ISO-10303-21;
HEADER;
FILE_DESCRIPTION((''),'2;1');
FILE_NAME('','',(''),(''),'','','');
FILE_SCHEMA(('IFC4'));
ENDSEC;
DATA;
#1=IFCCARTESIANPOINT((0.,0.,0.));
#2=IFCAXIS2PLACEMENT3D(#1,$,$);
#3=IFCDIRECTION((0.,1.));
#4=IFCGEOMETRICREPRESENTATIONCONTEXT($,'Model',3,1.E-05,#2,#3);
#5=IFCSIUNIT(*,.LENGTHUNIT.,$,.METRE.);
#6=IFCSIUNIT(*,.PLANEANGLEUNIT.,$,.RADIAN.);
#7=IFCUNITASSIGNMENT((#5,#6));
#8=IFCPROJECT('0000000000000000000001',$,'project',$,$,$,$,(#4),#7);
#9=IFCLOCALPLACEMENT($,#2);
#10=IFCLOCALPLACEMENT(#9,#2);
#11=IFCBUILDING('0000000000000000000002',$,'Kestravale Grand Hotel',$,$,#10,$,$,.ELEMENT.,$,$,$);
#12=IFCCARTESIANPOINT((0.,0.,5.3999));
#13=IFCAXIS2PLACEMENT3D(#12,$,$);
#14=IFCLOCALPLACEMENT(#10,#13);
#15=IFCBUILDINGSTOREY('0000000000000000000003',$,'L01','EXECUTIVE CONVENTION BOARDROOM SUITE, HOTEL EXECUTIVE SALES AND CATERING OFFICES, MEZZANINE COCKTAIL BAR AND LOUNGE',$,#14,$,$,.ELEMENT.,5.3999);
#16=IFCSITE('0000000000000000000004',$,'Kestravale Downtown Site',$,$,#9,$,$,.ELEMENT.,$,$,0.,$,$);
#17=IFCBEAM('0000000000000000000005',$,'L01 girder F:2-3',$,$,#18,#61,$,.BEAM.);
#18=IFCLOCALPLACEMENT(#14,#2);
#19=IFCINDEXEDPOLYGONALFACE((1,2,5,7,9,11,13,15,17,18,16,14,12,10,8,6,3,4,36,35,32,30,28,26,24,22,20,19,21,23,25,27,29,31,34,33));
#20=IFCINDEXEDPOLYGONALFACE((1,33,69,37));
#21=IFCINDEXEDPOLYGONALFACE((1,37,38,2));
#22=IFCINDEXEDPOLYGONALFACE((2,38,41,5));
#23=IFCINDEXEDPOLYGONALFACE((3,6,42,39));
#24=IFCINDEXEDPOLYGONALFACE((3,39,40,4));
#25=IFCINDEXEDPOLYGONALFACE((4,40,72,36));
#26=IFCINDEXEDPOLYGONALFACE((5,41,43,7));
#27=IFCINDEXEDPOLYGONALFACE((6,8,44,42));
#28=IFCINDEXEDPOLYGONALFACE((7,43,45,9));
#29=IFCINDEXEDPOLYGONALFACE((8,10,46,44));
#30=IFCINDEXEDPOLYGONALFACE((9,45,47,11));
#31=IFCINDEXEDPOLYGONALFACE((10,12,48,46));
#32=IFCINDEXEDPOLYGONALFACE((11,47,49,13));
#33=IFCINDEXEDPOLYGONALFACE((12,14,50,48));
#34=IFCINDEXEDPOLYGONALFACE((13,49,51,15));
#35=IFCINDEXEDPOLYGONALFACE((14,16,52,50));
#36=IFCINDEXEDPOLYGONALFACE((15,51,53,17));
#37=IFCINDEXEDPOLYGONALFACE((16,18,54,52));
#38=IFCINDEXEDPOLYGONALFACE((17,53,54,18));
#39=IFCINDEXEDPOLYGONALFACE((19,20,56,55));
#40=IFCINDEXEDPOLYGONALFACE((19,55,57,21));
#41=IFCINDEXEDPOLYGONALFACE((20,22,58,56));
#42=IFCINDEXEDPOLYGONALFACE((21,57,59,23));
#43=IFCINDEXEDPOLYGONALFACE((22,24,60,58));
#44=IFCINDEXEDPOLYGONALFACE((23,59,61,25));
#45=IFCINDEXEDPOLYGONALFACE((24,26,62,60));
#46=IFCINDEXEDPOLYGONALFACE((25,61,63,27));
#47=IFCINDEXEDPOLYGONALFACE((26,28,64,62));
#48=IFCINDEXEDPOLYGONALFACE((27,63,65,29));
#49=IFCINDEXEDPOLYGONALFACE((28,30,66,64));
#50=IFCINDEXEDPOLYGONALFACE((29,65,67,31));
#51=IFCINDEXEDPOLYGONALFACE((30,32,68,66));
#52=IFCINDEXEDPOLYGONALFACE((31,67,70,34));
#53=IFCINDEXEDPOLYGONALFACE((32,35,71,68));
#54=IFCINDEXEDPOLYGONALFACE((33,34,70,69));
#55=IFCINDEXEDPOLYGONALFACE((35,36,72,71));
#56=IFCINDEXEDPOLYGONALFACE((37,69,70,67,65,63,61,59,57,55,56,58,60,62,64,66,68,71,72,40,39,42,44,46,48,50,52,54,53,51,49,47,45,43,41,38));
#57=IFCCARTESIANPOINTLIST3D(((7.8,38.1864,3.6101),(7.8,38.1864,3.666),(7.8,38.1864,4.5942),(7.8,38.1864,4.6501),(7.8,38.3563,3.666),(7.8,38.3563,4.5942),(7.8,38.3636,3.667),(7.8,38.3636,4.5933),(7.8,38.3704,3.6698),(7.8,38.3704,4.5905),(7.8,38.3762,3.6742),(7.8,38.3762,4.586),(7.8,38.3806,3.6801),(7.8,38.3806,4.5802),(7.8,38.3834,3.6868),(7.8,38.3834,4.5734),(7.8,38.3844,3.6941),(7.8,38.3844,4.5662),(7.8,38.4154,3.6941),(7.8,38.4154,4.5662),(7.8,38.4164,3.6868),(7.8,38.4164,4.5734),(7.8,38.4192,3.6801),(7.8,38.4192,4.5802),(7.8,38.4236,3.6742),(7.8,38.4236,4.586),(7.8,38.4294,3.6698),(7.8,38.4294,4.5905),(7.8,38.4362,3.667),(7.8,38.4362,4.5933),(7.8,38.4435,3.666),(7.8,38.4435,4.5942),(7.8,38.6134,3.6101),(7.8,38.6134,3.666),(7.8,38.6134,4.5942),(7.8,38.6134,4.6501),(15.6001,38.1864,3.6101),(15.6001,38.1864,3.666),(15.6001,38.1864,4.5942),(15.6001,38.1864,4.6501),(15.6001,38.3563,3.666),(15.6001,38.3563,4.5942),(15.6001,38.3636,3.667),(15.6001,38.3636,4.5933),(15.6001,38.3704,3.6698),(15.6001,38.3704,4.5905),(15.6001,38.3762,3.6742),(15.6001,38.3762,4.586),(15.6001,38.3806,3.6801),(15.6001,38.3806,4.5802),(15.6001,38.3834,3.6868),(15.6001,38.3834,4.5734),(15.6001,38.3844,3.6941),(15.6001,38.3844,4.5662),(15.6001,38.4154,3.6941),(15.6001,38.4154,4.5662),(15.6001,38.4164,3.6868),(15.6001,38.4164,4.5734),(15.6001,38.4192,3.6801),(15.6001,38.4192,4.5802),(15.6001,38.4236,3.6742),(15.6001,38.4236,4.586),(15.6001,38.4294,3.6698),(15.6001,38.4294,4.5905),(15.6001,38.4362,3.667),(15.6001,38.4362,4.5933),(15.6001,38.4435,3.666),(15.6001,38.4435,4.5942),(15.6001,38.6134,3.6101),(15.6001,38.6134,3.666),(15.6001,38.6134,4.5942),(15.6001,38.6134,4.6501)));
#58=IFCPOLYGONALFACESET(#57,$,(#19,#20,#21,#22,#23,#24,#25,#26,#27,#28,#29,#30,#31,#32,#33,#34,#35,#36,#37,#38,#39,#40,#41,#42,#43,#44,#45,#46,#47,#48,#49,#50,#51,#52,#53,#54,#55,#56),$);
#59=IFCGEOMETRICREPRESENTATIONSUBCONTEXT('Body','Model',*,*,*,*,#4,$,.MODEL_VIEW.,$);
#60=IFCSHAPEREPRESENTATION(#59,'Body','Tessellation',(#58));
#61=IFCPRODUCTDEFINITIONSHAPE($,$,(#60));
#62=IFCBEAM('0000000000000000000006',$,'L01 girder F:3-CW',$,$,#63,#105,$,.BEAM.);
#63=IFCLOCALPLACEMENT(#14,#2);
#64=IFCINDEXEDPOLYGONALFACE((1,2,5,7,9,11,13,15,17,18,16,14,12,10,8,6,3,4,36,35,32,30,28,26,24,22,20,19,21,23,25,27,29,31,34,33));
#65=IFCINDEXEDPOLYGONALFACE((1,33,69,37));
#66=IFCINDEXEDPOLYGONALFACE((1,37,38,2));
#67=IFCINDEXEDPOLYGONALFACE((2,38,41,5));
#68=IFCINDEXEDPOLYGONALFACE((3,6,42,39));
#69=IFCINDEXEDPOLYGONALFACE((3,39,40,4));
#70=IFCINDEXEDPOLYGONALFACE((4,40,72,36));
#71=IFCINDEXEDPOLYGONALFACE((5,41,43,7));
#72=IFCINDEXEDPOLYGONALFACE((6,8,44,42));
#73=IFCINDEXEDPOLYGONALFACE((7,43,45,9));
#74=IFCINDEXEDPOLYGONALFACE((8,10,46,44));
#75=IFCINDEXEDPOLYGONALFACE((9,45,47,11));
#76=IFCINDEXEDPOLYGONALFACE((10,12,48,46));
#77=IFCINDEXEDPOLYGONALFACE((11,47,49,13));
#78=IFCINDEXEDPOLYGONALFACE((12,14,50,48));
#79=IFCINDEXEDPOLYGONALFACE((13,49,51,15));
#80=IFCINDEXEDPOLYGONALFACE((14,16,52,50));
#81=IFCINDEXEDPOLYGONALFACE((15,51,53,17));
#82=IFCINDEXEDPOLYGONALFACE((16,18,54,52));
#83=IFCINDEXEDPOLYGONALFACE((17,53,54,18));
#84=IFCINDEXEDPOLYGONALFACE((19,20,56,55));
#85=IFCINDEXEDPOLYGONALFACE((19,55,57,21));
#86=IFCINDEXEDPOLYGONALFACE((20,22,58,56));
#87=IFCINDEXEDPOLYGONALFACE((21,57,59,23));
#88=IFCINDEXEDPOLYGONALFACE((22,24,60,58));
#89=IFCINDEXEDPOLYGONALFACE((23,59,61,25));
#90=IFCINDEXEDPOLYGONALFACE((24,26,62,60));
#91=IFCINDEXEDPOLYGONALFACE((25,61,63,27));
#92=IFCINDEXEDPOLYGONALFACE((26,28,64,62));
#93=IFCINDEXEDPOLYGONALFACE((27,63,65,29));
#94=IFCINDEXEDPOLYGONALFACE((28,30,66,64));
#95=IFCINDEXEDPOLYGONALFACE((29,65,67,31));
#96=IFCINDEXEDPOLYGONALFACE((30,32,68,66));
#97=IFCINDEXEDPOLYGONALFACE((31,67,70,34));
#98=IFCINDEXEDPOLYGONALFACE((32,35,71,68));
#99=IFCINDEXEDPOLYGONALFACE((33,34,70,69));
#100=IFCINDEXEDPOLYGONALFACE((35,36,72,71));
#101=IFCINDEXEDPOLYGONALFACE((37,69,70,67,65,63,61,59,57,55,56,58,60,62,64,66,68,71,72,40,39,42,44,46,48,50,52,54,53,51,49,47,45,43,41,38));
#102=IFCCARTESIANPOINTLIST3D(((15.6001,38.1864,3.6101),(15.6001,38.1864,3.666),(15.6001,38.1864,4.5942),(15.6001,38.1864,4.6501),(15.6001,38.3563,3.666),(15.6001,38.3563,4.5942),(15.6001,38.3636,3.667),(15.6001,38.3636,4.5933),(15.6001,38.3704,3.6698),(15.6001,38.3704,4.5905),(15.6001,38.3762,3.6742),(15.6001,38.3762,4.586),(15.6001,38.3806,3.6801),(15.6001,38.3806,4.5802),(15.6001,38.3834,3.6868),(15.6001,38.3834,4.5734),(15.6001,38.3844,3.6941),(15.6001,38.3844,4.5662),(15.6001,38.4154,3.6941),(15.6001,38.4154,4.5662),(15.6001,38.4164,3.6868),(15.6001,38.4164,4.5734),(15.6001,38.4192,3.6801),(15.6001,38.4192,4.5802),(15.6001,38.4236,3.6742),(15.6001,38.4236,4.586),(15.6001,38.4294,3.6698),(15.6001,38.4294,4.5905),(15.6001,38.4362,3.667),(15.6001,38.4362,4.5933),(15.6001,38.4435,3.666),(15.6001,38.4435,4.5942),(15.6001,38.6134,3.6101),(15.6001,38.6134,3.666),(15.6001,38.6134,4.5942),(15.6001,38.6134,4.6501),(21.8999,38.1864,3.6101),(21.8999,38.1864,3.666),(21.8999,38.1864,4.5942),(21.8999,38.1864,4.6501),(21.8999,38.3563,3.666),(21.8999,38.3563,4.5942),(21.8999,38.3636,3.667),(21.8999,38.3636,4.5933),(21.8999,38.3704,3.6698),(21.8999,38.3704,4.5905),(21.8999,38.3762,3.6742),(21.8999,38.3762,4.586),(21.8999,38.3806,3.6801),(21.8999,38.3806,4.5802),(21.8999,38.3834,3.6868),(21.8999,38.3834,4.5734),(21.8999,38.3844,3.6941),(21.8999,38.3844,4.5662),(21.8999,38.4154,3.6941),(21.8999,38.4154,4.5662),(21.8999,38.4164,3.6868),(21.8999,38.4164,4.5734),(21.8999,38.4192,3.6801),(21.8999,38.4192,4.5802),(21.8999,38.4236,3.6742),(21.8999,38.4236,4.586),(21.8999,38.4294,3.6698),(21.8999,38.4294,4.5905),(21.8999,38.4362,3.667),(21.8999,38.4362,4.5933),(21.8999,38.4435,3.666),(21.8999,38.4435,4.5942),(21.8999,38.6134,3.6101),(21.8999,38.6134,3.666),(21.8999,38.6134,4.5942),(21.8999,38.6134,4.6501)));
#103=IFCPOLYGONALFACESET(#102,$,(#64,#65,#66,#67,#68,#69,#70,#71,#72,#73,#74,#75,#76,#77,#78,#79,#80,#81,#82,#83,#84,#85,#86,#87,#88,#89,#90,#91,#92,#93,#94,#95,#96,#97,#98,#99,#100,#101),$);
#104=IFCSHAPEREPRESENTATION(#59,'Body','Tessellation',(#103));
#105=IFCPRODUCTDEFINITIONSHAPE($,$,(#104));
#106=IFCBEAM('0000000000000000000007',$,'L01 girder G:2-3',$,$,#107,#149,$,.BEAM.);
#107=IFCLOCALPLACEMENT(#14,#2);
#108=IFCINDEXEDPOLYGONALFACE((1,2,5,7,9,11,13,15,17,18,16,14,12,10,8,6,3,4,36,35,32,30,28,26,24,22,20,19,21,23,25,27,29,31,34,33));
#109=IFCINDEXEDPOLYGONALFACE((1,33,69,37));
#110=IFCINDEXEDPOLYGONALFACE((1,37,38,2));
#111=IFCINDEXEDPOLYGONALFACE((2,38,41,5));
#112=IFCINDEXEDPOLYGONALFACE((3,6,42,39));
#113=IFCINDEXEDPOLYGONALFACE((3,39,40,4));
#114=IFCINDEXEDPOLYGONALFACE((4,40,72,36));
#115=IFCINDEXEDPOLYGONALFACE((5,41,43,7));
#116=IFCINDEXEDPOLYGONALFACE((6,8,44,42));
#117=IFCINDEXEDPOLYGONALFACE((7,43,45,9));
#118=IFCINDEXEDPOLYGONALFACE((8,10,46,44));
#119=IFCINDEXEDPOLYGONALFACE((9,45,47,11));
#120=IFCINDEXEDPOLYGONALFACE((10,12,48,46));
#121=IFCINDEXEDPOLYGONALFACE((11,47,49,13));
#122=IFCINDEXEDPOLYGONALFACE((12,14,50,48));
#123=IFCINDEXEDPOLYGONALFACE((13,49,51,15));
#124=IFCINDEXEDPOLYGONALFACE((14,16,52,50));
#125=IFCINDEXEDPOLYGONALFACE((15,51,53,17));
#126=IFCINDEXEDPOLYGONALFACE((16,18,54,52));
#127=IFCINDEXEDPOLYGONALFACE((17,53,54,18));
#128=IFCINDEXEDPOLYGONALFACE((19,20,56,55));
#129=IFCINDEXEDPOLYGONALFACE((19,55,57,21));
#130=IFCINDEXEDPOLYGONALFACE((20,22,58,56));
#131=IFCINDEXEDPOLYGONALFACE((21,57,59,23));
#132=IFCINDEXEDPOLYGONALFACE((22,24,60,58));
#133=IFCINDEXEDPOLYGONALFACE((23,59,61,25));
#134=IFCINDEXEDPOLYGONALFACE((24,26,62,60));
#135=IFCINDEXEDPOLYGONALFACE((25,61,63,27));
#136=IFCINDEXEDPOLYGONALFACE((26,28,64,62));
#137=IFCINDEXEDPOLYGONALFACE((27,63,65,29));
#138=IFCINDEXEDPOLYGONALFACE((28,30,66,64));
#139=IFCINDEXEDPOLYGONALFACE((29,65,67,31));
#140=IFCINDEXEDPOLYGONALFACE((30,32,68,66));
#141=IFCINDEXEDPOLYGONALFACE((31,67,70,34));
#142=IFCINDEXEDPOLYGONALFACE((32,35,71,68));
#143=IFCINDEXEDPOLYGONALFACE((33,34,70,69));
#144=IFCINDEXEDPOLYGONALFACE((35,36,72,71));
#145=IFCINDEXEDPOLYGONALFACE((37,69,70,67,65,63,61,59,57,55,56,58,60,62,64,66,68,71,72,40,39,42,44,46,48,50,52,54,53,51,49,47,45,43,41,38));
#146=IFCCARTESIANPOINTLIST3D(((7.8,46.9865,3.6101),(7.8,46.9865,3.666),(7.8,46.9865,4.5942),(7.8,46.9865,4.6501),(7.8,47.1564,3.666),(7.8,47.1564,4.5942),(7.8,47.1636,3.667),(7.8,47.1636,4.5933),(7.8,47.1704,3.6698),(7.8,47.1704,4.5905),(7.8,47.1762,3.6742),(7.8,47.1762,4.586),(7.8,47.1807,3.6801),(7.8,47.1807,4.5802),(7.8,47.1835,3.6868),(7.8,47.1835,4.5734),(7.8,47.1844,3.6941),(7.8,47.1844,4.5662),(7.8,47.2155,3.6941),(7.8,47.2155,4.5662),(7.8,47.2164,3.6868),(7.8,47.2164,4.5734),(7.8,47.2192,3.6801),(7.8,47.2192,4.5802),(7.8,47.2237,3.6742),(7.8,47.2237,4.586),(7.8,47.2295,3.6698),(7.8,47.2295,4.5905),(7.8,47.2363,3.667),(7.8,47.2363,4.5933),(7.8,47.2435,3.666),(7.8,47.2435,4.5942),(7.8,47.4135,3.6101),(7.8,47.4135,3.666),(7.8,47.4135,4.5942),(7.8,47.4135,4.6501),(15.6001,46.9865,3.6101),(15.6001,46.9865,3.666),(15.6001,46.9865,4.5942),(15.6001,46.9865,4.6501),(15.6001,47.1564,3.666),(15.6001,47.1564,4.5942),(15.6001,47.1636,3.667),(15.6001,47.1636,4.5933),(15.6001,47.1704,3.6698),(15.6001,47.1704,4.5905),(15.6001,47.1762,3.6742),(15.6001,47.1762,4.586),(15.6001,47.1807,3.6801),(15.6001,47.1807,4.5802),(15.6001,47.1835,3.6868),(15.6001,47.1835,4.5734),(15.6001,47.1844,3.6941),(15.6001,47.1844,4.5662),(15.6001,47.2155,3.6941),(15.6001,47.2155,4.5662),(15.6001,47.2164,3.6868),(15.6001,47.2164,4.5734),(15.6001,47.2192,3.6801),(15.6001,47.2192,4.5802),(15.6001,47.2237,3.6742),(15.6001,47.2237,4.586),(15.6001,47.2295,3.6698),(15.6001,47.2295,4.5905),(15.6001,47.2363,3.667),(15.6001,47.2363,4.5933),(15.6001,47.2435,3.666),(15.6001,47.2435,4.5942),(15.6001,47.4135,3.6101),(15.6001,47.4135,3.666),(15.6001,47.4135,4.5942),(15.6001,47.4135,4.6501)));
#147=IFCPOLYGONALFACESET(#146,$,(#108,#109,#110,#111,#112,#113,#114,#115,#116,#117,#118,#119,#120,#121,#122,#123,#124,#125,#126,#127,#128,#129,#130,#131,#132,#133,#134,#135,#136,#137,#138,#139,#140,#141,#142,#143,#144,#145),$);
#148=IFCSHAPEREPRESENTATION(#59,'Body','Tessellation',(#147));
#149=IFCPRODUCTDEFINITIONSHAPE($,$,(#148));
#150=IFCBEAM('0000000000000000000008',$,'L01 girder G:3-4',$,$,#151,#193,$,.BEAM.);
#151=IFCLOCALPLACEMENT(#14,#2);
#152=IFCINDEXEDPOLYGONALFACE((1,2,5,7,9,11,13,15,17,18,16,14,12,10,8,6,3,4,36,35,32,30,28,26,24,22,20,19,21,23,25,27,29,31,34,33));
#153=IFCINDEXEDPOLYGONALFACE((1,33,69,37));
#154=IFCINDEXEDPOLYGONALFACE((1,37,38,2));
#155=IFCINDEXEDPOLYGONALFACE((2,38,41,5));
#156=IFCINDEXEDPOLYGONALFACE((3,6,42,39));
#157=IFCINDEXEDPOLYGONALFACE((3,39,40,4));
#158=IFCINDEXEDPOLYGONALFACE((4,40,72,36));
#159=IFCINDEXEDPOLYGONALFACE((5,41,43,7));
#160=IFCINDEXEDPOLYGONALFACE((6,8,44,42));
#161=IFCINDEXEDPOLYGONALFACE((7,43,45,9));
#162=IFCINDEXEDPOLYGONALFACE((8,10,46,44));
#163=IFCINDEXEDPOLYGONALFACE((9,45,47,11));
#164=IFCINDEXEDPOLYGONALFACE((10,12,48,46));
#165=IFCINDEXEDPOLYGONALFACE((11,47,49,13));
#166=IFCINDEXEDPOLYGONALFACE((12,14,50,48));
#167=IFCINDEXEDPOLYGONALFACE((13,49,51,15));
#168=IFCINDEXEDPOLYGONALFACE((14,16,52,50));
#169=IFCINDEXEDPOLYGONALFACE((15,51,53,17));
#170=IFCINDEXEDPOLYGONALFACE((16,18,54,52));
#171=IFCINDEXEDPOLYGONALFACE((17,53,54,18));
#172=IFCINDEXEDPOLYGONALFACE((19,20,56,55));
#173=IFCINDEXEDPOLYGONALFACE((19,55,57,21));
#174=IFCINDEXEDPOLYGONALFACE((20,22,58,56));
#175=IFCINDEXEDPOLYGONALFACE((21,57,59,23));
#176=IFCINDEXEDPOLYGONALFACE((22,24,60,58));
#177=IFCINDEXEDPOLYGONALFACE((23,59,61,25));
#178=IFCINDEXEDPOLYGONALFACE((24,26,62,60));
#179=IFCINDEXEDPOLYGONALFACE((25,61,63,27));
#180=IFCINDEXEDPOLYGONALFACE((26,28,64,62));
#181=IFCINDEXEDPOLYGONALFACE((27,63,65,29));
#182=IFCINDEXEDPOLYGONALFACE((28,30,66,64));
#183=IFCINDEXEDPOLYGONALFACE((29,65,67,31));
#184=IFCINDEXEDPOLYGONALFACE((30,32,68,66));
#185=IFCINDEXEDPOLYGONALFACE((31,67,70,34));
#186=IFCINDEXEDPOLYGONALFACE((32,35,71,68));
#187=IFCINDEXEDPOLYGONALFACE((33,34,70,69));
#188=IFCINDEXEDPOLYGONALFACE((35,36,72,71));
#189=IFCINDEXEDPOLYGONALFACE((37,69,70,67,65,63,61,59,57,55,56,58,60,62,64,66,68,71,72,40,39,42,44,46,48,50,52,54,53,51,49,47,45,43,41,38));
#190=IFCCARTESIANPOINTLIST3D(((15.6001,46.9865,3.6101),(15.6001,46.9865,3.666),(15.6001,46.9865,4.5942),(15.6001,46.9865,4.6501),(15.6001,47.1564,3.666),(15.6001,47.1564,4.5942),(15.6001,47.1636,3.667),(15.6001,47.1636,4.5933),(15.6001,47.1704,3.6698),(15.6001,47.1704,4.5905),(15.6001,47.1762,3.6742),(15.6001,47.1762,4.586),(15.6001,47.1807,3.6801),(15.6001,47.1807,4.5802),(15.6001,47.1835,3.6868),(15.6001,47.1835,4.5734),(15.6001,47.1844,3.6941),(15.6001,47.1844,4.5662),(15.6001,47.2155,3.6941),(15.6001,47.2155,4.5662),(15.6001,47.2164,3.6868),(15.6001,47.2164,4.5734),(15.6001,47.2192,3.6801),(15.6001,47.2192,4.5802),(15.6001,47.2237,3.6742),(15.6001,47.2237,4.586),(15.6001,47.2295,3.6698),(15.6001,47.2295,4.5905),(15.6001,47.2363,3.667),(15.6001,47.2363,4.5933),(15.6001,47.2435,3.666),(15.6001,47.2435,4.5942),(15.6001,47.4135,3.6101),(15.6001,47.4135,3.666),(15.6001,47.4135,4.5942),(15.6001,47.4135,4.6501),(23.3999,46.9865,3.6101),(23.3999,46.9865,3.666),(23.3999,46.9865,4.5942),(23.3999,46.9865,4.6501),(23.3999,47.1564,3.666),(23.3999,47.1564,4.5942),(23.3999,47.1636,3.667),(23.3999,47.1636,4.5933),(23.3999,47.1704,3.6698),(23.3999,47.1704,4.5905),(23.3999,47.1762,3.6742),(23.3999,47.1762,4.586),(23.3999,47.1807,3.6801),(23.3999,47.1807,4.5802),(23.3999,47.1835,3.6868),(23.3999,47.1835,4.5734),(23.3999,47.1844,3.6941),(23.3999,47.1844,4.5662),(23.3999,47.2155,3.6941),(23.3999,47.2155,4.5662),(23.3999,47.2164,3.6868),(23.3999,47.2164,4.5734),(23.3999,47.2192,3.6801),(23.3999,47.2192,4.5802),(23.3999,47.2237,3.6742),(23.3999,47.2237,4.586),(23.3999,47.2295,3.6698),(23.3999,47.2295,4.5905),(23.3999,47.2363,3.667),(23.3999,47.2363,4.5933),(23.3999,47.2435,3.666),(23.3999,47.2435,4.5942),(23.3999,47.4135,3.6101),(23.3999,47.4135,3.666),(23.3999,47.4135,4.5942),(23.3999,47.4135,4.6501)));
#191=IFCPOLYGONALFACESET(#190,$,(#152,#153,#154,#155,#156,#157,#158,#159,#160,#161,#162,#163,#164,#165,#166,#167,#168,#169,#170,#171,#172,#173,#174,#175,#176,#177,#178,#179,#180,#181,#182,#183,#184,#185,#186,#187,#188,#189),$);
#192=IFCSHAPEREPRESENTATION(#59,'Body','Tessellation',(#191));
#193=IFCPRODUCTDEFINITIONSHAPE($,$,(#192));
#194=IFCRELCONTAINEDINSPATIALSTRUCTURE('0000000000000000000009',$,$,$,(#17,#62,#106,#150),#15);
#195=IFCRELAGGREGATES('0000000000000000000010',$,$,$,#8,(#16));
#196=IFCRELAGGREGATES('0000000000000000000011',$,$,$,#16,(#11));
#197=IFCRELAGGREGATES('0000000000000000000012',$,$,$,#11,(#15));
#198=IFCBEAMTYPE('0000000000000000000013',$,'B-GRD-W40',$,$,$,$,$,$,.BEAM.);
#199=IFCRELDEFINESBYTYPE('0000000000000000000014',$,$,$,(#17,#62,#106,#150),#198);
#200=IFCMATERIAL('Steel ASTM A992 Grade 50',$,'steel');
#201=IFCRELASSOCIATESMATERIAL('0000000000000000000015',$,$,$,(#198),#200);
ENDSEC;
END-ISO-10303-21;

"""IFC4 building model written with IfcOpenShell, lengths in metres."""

from ifc_helpers import new_model, si_unit, direction, frame, origin, origin_2d, place, context, subcontext, project, spatial, i_section, extrude, material, material_profile, profile_set, type_object, element, save


model = new_model("IFC4")

# Units and contexts
model_context = context("Model", 3, precision=1e-05, world=origin(), true_north=direction((0.0, 1.0)))
body_context = subcontext(model_context, "Body", "Model", "MODEL_VIEW")
ifc_project = project(units=[si_unit("LENGTHUNIT", "METRE"), si_unit("PLANEANGLEUNIT", "RADIAN")], contexts=[model_context])

# Site, building, storey
site_placement = place(None, origin())
site = spatial("IfcSite", under=ifc_project, at=site_placement, Name="Kestravale Downtown Site", CompositionType="ELEMENT", RefElevation=0.0)
building_placement = place(site_placement, origin())
building = spatial("IfcBuilding", under=site, at=building_placement, Name="Kestravale Grand Hotel", CompositionType="ELEMENT")
storey_placement = place(building_placement, frame((0.0, 0.0, 5.3999)))
storey = spatial("IfcBuildingStorey", under=building, at=storey_placement, Name="L01", Description="EXECUTIVE CONVENTION BOARDROOM SUITE, HOTEL EXECUTIVE SALES AND CATERING OFFICES, MEZZANINE COCKTAIL BAR AND LOUNGE", CompositionType="ELEMENT", Elevation=5.3999)

# Beams
ifc_material_1 = material(Name="Steel ASTM A992 Grade 50", Category="steel")
ifc_material_profile_1 = material_profile(ifc_material_1, i_section(OverallWidth=0.427, OverallDepth=1.04, WebThickness=0.031, FlangeThickness=0.0559, FilletRadius=0.0281, at=origin_2d()))
ifc_profile_set_1 = profile_set([ifc_material_profile_1], Name="Steel ASTM A992 Grade 50")
beam_type_1 = type_object("IfcBeamType", Name="B-GRD-W40", PredefinedType="BEAM", material=ifc_profile_set_1)
beam_1_placement = place(storey_placement, frame((7.8, 38.3999, 4.1301), z_axis=(1.0, 0.0, 0.0), x_axis=(0.0, 1.0, 0.0)))
element("IfcBeam", 1, at=beam_1_placement, inside=storey, type_object=beam_type_1, Name="L01 girder F:2-3", PredefinedType="BEAM", context=body_context, shape_type="SweptSolid", body=[
    extrude(i_section(OverallWidth=0.427, OverallDepth=1.04, WebThickness=0.031, FlangeThickness=0.0559, FilletRadius=0.0281, at=origin_2d()), origin(), (0.0, 0.0, 1.0), 7.8),
])
beam_2_placement = place(storey_placement, frame((15.6001, 38.3999, 4.1301), z_axis=(1.0, 0.0, 0.0), x_axis=(0.0, 1.0, 0.0)))
element("IfcBeam", 2, at=beam_2_placement, inside=storey, type_object=beam_type_1, Name="L01 girder F:3-CW", PredefinedType="BEAM", context=body_context, shape_type="SweptSolid", body=[
    extrude(i_section(OverallWidth=0.427, OverallDepth=1.04, WebThickness=0.031, FlangeThickness=0.0559, FilletRadius=0.0281, at=origin_2d()), origin(), (0.0, 0.0, 1.0), 6.2998),
])
beam_3_placement = place(storey_placement, frame((7.8, 47.2, 4.1301), z_axis=(1.0, 0.0, 0.0), x_axis=(0.0, 1.0, 0.0)))
element("IfcBeam", 3, at=beam_3_placement, inside=storey, type_object=beam_type_1, Name="L01 girder G:2-3", PredefinedType="BEAM", context=body_context, shape_type="SweptSolid", body=[
    extrude(i_section(OverallWidth=0.427, OverallDepth=1.04, WebThickness=0.031, FlangeThickness=0.0559, FilletRadius=0.0281, at=origin_2d()), origin(), (0.0, 0.0, 1.0), 7.8),
])
beam_4_placement = place(storey_placement, frame((15.6001, 47.2, 4.1301), z_axis=(1.0, 0.0, 0.0), x_axis=(0.0, 1.0, 0.0)))
element("IfcBeam", 4, at=beam_4_placement, inside=storey, type_object=beam_type_1, Name="L01 girder G:3-4", PredefinedType="BEAM", context=body_context, shape_type="SweptSolid", body=[
    extrude(i_section(OverallWidth=0.427, OverallDepth=1.04, WebThickness=0.031, FlangeThickness=0.0559, FilletRadius=0.0281, at=origin_2d()), origin(), (0.0, 0.0, 1.0), 7.7998),
])

save(model, "model.ifc")
